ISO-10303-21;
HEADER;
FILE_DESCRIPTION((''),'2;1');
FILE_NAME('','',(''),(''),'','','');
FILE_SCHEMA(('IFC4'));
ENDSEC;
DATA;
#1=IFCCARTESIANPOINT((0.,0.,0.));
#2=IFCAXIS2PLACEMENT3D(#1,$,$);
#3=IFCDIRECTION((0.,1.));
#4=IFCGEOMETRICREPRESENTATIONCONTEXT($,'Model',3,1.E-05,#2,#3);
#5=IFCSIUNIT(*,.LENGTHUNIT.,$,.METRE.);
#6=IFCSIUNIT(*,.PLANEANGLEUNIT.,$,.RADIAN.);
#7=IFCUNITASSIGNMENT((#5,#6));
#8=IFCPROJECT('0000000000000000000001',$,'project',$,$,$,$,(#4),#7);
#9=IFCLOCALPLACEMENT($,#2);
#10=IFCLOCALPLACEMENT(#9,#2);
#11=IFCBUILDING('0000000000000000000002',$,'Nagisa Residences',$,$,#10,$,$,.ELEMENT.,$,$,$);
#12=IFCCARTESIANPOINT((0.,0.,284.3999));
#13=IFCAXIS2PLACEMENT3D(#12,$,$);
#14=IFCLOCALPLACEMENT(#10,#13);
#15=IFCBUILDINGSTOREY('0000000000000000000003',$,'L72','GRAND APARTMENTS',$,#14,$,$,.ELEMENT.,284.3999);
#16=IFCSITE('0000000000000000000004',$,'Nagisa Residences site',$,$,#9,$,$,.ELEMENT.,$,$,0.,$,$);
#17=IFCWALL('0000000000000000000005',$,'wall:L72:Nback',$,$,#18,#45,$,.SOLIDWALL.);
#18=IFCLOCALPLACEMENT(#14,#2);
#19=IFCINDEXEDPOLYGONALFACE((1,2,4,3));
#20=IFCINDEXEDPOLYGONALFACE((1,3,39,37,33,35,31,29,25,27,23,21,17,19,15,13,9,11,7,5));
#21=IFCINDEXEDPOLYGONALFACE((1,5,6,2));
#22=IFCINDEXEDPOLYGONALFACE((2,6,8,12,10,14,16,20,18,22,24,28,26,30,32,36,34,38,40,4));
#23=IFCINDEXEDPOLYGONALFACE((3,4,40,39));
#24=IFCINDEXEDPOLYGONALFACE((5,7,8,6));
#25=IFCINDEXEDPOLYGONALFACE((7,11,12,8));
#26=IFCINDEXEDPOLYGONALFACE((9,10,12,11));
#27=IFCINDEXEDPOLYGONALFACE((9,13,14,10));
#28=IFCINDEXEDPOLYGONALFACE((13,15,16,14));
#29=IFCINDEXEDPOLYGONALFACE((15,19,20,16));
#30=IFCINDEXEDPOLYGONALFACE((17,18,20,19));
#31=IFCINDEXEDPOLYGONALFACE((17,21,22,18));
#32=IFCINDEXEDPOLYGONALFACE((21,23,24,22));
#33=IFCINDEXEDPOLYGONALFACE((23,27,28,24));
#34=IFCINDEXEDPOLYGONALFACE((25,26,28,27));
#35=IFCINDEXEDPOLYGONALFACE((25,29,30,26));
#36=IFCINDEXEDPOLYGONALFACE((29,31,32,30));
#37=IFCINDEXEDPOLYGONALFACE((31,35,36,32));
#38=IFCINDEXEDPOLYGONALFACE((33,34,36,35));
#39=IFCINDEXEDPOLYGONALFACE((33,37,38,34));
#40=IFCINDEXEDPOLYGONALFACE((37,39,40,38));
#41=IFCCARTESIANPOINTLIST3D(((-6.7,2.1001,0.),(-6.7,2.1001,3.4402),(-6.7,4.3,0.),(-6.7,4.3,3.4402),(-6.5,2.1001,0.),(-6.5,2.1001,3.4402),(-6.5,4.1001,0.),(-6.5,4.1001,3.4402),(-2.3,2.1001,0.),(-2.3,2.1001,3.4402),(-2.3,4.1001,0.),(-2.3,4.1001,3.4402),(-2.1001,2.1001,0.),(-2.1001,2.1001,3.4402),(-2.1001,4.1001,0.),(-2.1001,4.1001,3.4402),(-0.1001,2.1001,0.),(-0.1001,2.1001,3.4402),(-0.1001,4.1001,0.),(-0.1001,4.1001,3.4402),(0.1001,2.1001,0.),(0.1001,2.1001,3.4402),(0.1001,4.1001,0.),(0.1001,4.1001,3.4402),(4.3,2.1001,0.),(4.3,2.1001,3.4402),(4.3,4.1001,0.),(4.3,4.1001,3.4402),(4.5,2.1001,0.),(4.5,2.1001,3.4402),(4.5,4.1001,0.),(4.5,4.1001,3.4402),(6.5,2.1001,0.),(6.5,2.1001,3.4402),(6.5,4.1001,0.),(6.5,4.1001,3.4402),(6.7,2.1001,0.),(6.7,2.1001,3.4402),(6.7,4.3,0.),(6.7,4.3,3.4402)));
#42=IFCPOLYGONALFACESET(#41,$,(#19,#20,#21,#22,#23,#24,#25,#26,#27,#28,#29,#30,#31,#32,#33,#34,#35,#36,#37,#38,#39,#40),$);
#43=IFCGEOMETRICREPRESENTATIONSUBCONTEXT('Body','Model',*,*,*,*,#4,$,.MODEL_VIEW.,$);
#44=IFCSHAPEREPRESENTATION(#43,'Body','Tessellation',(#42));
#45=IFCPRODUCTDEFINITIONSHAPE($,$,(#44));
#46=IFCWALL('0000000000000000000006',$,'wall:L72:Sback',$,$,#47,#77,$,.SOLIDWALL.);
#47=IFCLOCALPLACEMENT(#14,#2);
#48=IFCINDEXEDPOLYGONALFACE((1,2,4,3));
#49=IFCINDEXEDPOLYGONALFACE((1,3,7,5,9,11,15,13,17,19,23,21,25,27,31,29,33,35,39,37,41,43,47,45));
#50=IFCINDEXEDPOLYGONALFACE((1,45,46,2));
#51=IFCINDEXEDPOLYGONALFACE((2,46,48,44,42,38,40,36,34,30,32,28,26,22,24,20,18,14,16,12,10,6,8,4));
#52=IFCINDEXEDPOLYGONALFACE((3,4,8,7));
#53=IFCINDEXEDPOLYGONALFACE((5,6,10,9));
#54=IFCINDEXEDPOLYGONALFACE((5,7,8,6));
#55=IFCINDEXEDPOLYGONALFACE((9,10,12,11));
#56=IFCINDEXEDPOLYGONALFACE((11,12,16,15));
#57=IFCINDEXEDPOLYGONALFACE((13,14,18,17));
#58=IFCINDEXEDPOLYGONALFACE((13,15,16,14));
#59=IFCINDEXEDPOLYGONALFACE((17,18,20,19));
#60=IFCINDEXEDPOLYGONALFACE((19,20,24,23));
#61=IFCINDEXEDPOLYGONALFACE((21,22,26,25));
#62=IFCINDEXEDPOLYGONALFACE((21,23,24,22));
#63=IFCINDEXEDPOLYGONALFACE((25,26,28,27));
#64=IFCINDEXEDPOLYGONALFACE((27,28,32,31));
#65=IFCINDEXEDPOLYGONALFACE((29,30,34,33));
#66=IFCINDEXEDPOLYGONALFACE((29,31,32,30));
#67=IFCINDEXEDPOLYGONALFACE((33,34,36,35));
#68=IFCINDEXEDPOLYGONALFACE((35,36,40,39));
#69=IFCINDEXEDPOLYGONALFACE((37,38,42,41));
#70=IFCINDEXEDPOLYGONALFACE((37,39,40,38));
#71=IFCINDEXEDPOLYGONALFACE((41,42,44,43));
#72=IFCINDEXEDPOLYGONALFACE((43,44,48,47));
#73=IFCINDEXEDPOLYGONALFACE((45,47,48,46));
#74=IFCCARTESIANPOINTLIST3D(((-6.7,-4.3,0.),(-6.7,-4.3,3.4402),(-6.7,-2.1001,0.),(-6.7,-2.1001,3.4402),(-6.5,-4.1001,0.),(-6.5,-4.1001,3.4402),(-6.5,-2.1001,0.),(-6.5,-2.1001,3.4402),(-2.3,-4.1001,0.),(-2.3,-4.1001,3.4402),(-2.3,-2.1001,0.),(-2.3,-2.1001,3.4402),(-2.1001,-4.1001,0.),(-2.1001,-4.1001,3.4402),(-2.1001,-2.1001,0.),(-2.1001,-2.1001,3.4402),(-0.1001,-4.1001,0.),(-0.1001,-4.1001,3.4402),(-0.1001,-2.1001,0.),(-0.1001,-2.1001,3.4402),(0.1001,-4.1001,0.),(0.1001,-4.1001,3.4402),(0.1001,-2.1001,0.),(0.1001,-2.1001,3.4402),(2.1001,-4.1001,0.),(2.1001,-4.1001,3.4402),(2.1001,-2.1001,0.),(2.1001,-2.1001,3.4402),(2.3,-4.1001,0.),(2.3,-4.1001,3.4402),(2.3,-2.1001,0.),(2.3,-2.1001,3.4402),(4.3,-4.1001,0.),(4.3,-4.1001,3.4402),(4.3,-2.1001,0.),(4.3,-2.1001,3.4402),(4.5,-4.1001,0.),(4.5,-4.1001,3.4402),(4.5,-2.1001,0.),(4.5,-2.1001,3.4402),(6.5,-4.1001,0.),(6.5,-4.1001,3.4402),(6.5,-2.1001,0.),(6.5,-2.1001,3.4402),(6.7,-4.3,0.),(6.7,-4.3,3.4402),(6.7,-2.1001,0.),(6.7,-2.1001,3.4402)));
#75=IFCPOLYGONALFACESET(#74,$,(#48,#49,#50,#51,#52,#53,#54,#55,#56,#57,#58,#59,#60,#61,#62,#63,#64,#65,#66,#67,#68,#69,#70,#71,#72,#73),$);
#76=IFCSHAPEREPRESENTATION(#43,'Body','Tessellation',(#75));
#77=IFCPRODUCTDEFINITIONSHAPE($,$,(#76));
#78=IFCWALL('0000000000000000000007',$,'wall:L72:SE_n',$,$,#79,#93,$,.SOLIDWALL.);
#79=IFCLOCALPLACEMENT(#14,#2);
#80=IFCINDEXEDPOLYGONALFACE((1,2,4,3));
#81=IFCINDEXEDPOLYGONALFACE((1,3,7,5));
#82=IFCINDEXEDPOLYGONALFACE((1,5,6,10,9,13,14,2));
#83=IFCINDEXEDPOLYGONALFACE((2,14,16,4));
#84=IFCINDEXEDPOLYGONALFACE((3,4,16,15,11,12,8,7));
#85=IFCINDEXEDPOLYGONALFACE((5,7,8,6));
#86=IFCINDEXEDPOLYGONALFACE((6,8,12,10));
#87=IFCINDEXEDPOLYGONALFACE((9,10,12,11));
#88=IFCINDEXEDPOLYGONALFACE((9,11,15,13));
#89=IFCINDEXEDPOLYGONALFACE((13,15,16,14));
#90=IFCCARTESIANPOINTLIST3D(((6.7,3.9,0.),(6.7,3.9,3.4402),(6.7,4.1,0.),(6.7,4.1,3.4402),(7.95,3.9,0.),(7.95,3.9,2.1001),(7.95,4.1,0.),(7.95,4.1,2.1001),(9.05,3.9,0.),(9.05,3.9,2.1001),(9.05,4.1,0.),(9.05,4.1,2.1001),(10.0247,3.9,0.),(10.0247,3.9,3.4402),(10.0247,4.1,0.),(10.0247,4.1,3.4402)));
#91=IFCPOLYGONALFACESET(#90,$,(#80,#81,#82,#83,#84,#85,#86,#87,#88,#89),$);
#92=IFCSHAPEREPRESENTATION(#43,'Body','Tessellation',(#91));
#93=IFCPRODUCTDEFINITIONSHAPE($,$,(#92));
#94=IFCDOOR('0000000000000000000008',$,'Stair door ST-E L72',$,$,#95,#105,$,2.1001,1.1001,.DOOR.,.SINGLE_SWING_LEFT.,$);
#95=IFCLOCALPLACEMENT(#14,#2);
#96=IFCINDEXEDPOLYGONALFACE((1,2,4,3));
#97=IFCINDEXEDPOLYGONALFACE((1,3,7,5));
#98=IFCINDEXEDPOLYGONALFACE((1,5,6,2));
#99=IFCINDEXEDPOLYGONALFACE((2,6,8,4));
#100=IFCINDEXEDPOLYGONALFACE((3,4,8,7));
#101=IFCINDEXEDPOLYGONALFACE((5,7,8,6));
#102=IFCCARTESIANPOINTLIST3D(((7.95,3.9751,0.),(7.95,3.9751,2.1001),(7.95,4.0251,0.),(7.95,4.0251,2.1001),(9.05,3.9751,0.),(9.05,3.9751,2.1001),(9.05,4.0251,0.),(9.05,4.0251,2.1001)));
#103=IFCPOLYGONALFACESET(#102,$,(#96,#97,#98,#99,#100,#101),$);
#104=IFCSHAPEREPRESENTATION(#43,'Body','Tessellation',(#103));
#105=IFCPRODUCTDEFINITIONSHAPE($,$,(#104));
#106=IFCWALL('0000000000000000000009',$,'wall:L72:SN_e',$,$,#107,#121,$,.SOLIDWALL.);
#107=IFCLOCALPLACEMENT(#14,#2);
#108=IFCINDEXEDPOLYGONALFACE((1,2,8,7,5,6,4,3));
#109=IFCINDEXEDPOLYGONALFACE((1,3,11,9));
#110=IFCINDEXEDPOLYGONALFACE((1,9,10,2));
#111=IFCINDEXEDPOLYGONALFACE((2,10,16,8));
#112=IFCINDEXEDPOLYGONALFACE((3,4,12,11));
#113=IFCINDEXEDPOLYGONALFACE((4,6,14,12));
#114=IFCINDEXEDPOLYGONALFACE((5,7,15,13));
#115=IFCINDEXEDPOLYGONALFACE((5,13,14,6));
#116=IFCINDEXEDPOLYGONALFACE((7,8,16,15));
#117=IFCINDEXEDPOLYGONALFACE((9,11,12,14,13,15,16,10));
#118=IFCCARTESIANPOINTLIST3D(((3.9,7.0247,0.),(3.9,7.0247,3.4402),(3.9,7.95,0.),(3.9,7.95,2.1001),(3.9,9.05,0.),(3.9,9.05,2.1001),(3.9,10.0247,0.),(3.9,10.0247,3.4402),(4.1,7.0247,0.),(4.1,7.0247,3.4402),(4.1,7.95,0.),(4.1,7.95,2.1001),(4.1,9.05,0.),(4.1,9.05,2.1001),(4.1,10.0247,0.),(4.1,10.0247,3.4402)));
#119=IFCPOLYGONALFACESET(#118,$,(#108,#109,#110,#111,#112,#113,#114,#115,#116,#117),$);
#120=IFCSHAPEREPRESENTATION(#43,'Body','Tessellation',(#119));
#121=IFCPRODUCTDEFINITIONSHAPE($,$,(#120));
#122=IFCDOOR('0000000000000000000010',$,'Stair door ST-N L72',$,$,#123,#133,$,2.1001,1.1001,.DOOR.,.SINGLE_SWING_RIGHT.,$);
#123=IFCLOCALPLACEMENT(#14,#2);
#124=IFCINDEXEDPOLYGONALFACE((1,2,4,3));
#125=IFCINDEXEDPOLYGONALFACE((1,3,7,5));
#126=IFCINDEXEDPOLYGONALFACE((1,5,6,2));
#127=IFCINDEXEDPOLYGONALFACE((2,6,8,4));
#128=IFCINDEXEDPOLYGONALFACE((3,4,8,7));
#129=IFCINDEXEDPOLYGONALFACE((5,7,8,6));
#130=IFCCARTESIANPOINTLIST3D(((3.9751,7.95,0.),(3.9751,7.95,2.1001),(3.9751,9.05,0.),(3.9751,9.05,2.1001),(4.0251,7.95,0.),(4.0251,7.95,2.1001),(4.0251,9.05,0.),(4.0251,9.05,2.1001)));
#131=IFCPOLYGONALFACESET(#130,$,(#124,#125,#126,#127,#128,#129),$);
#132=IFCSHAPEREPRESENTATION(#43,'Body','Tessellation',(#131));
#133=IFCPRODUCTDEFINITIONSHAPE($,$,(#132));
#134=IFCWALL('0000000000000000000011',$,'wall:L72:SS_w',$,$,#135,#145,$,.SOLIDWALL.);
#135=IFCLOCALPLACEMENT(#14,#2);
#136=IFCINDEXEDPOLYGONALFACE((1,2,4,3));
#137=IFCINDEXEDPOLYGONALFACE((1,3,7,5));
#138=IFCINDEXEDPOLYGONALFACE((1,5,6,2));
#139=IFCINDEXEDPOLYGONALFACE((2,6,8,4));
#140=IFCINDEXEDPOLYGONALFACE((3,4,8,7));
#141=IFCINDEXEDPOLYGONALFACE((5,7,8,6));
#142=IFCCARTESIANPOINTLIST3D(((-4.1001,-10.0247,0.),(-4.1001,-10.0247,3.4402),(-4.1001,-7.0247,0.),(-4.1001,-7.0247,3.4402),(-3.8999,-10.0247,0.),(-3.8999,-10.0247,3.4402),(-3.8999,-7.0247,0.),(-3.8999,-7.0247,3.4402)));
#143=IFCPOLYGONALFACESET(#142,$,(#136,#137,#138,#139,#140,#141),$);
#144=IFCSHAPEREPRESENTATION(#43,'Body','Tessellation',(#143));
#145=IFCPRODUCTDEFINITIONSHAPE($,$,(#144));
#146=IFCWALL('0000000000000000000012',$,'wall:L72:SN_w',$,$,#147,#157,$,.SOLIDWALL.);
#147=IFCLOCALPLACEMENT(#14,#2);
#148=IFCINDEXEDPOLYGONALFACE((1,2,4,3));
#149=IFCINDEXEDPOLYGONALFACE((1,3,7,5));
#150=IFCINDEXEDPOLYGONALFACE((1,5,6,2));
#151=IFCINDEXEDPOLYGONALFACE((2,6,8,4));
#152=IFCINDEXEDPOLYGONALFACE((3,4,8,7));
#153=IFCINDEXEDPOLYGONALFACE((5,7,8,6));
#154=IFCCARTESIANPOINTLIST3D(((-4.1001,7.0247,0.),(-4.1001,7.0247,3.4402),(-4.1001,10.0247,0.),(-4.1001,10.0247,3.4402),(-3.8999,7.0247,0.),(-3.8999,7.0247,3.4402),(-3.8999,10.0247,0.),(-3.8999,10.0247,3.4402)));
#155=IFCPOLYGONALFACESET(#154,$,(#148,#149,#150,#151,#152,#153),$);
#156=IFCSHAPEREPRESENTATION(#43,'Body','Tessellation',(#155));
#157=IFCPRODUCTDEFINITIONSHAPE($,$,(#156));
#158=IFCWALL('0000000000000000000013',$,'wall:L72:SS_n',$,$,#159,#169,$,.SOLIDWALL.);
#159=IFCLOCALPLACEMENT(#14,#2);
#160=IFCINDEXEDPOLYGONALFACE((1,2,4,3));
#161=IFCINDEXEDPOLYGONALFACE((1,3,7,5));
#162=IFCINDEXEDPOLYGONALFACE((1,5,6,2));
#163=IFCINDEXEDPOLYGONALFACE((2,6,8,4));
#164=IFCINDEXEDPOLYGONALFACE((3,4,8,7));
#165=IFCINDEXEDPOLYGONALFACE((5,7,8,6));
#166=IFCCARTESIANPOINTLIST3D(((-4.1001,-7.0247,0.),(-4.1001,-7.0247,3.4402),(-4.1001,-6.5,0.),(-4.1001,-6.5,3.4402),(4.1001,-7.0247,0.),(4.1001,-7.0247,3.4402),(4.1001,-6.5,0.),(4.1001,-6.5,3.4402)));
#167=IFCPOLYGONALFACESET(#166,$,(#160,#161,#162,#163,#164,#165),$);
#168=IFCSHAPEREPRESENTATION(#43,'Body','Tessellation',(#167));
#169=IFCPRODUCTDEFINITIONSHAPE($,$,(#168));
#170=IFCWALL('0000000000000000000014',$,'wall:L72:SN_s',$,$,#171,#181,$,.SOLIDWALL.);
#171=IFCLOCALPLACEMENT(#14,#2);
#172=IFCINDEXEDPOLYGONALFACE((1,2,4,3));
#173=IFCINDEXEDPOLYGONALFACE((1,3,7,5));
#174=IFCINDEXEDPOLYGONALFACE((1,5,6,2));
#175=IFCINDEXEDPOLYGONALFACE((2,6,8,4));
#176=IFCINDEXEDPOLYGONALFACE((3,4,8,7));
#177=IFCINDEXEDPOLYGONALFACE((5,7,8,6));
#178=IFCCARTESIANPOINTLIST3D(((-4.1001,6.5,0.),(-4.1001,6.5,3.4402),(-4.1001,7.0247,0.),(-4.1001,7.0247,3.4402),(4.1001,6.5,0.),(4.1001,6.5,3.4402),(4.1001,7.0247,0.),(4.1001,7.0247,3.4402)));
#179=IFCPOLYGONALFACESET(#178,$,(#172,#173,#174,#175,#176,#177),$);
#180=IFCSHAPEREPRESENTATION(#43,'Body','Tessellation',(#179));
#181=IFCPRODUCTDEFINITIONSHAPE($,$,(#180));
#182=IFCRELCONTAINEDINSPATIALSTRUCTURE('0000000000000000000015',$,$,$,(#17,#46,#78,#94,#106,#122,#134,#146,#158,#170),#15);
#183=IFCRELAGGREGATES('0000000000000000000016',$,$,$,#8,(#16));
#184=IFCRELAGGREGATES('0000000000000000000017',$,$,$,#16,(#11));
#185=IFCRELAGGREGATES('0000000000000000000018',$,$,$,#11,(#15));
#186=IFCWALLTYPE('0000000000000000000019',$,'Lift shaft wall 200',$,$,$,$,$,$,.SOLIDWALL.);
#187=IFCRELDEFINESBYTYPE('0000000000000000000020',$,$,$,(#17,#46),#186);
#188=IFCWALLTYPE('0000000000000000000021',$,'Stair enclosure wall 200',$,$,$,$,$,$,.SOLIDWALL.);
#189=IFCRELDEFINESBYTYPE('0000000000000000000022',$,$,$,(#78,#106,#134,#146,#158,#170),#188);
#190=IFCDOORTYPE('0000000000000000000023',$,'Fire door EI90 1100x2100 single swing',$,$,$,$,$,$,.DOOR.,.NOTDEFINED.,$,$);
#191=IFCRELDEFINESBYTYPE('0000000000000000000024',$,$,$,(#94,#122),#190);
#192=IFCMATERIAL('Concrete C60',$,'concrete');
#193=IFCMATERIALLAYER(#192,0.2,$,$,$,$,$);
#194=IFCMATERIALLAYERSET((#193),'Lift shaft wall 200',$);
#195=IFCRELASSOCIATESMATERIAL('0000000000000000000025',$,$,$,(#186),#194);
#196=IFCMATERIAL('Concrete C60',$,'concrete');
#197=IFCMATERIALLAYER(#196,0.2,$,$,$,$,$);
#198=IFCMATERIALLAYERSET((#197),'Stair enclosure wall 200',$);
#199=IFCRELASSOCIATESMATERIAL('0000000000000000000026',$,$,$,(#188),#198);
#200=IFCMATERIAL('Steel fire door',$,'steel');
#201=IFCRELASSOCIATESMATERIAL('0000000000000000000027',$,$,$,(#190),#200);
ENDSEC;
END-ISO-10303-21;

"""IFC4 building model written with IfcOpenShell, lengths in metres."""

from ifc_helpers import new_model, si_unit, direction, frame, frame_2d, origin, place, context, subcontext, project, spatial, polyline, rectangle, outline, extrude, material, layer, layer_set, type_object, element, fill, save


model = new_model("IFC4")

# Units and contexts
model_context = context("Model", 3, precision=1e-05, world=origin(), true_north=direction((0.0, 1.0)))
body_context = subcontext(model_context, "Body", "Model", "MODEL_VIEW")
ifc_project = project(units=[si_unit("LENGTHUNIT", "METRE"), si_unit("PLANEANGLEUNIT", "RADIAN")], contexts=[model_context])

# Site, building, storey
site_placement = place(None, origin())
site = spatial("IfcSite", under=ifc_project, at=site_placement, Name="Nagisa Residences site", CompositionType="ELEMENT", RefElevation=0.0)
building_placement = place(site_placement, origin())
building = spatial("IfcBuilding", under=site, at=building_placement, Name="Nagisa Residences", CompositionType="ELEMENT")
storey_placement = place(building_placement, frame((0.0, 0.0, 284.3999)))
storey = spatial("IfcBuildingStorey", under=building, at=storey_placement, Name="L72", Description="GRAND APARTMENTS", CompositionType="ELEMENT", Elevation=284.3999)

# Shared definitions
ifc_material_1 = material(Name="Concrete C60", Category="concrete")
ifc_layer_1 = layer(ifc_material_1, 0.2)
ifc_layer_set_1 = layer_set([ifc_layer_1], Name="Lift shaft wall 200")
wall_type_1 = type_object("IfcWallType", Name="Lift shaft wall 200", PredefinedType="SOLIDWALL", material=ifc_layer_set_1)

# Walls
wall_1_placement = place(storey_placement, origin())
element("IfcWall", 1, at=wall_1_placement, inside=storey, type_object=wall_type_1, Name="wall:L72:Nback", PredefinedType="SOLIDWALL", context=body_context, shape_type="SweptSolid", body=[
    extrude(outline(polyline([(-6.7, 4.3), (6.7, 4.3), (6.7, 2.1001), (6.5, 2.1001), (6.5, 4.1001), (4.5, 4.1001), (4.5, 2.1001), (4.3, 2.1001), (4.3, 4.1001), (0.1001, 4.1001), (0.1001, 2.1001), (-0.1001, 2.1001), (-0.1001, 4.1001), (-2.1001, 4.1001), (-2.1001, 2.1001), (-2.3, 2.1001), (-2.3, 4.1001), (-6.5, 4.1001), (-6.5, 2.1001), (-6.7, 2.1001), (-6.7, 4.3)])), origin(), (0.0, 0.0, 1.0), 3.4402),
])
wall_2_placement = place(storey_placement, origin())
element("IfcWall", 2, at=wall_2_placement, inside=storey, type_object=wall_type_1, Name="wall:L72:Sback", PredefinedType="SOLIDWALL", context=body_context, shape_type="SweptSolid", body=[
    extrude(outline(polyline([(-6.7, -2.1001), (-6.5, -2.1001), (-6.5, -4.1001), (-2.3, -4.1001), (-2.3, -2.1001), (-2.1001, -2.1001), (-2.1001, -4.1001), (-0.1001, -4.1001), (-0.1001, -2.1001), (0.1001, -2.1001), (0.1001, -4.1001), (2.1001, -4.1001), (2.1001, -2.1001), (2.3, -2.1001), (2.3, -4.1001), (4.3, -4.1001), (4.3, -2.1001), (4.5, -2.1001), (4.5, -4.1001), (6.5, -4.1001), (6.5, -2.1001), (6.7, -2.1001), (6.7, -4.3), (-6.7, -4.3), (-6.7, -2.1001)])), origin(), (0.0, 0.0, 1.0), 3.4402),
])

# Walls, openings, doors
ifc_material_2 = material(Name="Concrete C60", Category="concrete")
ifc_layer_2 = layer(ifc_material_2, 0.2)
ifc_layer_set_2 = layer_set([ifc_layer_2], Name="Stair enclosure wall 200")
wall_type_2 = type_object("IfcWallType", Name="Stair enclosure wall 200", PredefinedType="SOLIDWALL", material=ifc_layer_set_2)
wall_3_placement = place(storey_placement, frame((6.7, 4.0, 0.0), z_axis=(0.0, 0.0, 1.0), x_axis=(1.0, 0.0, 0.0)))
wall_3 = element("IfcWall", 3, at=wall_3_placement, inside=storey, type_object=wall_type_2, Name="wall:L72:SE_n", PredefinedType="SOLIDWALL", context=body_context, shape_type="SweptSolid", body=[
    extrude(rectangle(XDim=3.3247, YDim=0.2, at=frame_2d((1.6624, 0.0))), origin(), (0.0, 0.0, 1.0), 3.4402),
])
opening_1_placement = place(wall_3_placement, frame((1.25, 0.0, 0.0)))
opening_1 = element("IfcOpeningElement", 4, at=opening_1_placement, cuts=wall_3, PredefinedType="OPENING", context=body_context, shape_type="SweptSolid", body=[
    extrude(rectangle(XDim=1.1001, YDim=2.1001, at=frame_2d((0.55, 1.05))), frame((0.0, 0.1099, 0.0), z_axis=(0.0, -1.0, 0.0), x_axis=(1.0, 0.0, 0.0)), (0.0, 0.0, 1.0), 0.22),
])
ifc_material_3 = material(Name="Steel fire door", Category="steel")
door_type_1 = type_object("IfcDoorType", Name="Fire door EI90 1100x2100 single swing", OperationType="NOTDEFINED", PredefinedType="DOOR", material=ifc_material_3)
door_1_placement = place(opening_1_placement, frame((1.1001, 0.0, 0.0), x_axis=(-1.0, 0.0, 0.0)))
door_1 = element("IfcDoor", 5, at=door_1_placement, inside=storey, type_object=door_type_1, Name="Stair door ST-E L72", OperationType="SINGLE_SWING_LEFT", OverallHeight=2.1001, OverallWidth=1.1001, PredefinedType="DOOR", context=body_context, shape_type="SweptSolid", body=[
    extrude(rectangle(XDim=1.1001, YDim=2.1001, at=frame_2d((0.55, 1.05))), frame((0.0, 0.0249, 0.0), z_axis=(0.0, -1.0, 0.0), x_axis=(1.0, 0.0, 0.0)), (0.0, 0.0, 1.0), 0.05),
])
fill(opening_1, door_1)
wall_4_placement = place(storey_placement, frame((4.0, 7.0247, 0.0), z_axis=(0.0, 0.0, 1.0), x_axis=(0.0, 1.0, 0.0)))
wall_4 = element("IfcWall", 6, at=wall_4_placement, inside=storey, type_object=wall_type_2, Name="wall:L72:SN_e", PredefinedType="SOLIDWALL", context=body_context, shape_type="SweptSolid", body=[
    extrude(rectangle(XDim=3.0, YDim=0.2, at=frame_2d((1.5, 0.0))), origin(), (0.0, 0.0, 1.0), 3.4402),
])
opening_2_placement = place(wall_4_placement, frame((0.9253, 0.0, 0.0)))
opening_2 = element("IfcOpeningElement", 7, at=opening_2_placement, cuts=wall_4, PredefinedType="OPENING", context=body_context, shape_type="SweptSolid", body=[
    extrude(rectangle(XDim=1.1001, YDim=2.1001, at=frame_2d((0.55, 1.05))), frame((0.0, 0.1099, 0.0), z_axis=(0.0, -1.0, 0.0), x_axis=(1.0, 0.0, 0.0)), (0.0, 0.0, 1.0), 0.22),
])
door_2_placement = place(opening_2_placement, origin())
door_2 = element("IfcDoor", 8, at=door_2_placement, inside=storey, type_object=door_type_1, Name="Stair door ST-N L72", OperationType="SINGLE_SWING_RIGHT", OverallHeight=2.1001, OverallWidth=1.1001, PredefinedType="DOOR", context=body_context, shape_type="SweptSolid", body=[
    extrude(rectangle(XDim=1.1001, YDim=2.1001, at=frame_2d((0.55, 1.05))), frame((0.0, 0.0249, 0.0), z_axis=(0.0, -1.0, 0.0), x_axis=(1.0, 0.0, 0.0)), (0.0, 0.0, 1.0), 0.05),
])
fill(opening_2, door_2)

# Walls
wall_5_placement = place(storey_placement, origin())
element("IfcWall", 9, at=wall_5_placement, inside=storey, type_object=wall_type_2, Name="wall:L72:SS_w", PredefinedType="SOLIDWALL", context=body_context, shape_type="SweptSolid", body=[
    extrude(outline(polyline([(-3.8999, -10.0247), (-4.1001, -10.0247), (-4.1001, -7.0247), (-3.8999, -7.0247), (-3.8999, -10.0247)])), origin(), (0.0, 0.0, 1.0), 3.4402),
])
wall_6_placement = place(storey_placement, origin())
element("IfcWall", 10, at=wall_6_placement, inside=storey, type_object=wall_type_2, Name="wall:L72:SN_w", PredefinedType="SOLIDWALL", context=body_context, shape_type="SweptSolid", body=[
    extrude(outline(polyline([(-3.8999, 7.0247), (-4.1001, 7.0247), (-4.1001, 10.0247), (-3.8999, 10.0247), (-3.8999, 7.0247)])), origin(), (0.0, 0.0, 1.0), 3.4402),
])
wall_7_placement = place(storey_placement, origin())
element("IfcWall", 11, at=wall_7_placement, inside=storey, type_object=wall_type_2, Name="wall:L72:SS_n", PredefinedType="SOLIDWALL", context=body_context, shape_type="SweptSolid", body=[
    extrude(outline(polyline([(4.1001, -7.0247), (-4.1001, -7.0247), (-4.1001, -6.5), (4.1001, -6.5), (4.1001, -7.0247)])), origin(), (0.0, 0.0, 1.0), 3.4402),
])
wall_8_placement = place(storey_placement, origin())
element("IfcWall", 12, at=wall_8_placement, inside=storey, type_object=wall_type_2, Name="wall:L72:SN_s", PredefinedType="SOLIDWALL", context=body_context, shape_type="SweptSolid", body=[
    extrude(outline(polyline([(4.1001, 6.5), (-4.1001, 6.5), (-4.1001, 7.0247), (4.1001, 7.0247), (4.1001, 6.5)])), origin(), (0.0, 0.0, 1.0), 3.4402),
])

save(model, "model.ifc")
